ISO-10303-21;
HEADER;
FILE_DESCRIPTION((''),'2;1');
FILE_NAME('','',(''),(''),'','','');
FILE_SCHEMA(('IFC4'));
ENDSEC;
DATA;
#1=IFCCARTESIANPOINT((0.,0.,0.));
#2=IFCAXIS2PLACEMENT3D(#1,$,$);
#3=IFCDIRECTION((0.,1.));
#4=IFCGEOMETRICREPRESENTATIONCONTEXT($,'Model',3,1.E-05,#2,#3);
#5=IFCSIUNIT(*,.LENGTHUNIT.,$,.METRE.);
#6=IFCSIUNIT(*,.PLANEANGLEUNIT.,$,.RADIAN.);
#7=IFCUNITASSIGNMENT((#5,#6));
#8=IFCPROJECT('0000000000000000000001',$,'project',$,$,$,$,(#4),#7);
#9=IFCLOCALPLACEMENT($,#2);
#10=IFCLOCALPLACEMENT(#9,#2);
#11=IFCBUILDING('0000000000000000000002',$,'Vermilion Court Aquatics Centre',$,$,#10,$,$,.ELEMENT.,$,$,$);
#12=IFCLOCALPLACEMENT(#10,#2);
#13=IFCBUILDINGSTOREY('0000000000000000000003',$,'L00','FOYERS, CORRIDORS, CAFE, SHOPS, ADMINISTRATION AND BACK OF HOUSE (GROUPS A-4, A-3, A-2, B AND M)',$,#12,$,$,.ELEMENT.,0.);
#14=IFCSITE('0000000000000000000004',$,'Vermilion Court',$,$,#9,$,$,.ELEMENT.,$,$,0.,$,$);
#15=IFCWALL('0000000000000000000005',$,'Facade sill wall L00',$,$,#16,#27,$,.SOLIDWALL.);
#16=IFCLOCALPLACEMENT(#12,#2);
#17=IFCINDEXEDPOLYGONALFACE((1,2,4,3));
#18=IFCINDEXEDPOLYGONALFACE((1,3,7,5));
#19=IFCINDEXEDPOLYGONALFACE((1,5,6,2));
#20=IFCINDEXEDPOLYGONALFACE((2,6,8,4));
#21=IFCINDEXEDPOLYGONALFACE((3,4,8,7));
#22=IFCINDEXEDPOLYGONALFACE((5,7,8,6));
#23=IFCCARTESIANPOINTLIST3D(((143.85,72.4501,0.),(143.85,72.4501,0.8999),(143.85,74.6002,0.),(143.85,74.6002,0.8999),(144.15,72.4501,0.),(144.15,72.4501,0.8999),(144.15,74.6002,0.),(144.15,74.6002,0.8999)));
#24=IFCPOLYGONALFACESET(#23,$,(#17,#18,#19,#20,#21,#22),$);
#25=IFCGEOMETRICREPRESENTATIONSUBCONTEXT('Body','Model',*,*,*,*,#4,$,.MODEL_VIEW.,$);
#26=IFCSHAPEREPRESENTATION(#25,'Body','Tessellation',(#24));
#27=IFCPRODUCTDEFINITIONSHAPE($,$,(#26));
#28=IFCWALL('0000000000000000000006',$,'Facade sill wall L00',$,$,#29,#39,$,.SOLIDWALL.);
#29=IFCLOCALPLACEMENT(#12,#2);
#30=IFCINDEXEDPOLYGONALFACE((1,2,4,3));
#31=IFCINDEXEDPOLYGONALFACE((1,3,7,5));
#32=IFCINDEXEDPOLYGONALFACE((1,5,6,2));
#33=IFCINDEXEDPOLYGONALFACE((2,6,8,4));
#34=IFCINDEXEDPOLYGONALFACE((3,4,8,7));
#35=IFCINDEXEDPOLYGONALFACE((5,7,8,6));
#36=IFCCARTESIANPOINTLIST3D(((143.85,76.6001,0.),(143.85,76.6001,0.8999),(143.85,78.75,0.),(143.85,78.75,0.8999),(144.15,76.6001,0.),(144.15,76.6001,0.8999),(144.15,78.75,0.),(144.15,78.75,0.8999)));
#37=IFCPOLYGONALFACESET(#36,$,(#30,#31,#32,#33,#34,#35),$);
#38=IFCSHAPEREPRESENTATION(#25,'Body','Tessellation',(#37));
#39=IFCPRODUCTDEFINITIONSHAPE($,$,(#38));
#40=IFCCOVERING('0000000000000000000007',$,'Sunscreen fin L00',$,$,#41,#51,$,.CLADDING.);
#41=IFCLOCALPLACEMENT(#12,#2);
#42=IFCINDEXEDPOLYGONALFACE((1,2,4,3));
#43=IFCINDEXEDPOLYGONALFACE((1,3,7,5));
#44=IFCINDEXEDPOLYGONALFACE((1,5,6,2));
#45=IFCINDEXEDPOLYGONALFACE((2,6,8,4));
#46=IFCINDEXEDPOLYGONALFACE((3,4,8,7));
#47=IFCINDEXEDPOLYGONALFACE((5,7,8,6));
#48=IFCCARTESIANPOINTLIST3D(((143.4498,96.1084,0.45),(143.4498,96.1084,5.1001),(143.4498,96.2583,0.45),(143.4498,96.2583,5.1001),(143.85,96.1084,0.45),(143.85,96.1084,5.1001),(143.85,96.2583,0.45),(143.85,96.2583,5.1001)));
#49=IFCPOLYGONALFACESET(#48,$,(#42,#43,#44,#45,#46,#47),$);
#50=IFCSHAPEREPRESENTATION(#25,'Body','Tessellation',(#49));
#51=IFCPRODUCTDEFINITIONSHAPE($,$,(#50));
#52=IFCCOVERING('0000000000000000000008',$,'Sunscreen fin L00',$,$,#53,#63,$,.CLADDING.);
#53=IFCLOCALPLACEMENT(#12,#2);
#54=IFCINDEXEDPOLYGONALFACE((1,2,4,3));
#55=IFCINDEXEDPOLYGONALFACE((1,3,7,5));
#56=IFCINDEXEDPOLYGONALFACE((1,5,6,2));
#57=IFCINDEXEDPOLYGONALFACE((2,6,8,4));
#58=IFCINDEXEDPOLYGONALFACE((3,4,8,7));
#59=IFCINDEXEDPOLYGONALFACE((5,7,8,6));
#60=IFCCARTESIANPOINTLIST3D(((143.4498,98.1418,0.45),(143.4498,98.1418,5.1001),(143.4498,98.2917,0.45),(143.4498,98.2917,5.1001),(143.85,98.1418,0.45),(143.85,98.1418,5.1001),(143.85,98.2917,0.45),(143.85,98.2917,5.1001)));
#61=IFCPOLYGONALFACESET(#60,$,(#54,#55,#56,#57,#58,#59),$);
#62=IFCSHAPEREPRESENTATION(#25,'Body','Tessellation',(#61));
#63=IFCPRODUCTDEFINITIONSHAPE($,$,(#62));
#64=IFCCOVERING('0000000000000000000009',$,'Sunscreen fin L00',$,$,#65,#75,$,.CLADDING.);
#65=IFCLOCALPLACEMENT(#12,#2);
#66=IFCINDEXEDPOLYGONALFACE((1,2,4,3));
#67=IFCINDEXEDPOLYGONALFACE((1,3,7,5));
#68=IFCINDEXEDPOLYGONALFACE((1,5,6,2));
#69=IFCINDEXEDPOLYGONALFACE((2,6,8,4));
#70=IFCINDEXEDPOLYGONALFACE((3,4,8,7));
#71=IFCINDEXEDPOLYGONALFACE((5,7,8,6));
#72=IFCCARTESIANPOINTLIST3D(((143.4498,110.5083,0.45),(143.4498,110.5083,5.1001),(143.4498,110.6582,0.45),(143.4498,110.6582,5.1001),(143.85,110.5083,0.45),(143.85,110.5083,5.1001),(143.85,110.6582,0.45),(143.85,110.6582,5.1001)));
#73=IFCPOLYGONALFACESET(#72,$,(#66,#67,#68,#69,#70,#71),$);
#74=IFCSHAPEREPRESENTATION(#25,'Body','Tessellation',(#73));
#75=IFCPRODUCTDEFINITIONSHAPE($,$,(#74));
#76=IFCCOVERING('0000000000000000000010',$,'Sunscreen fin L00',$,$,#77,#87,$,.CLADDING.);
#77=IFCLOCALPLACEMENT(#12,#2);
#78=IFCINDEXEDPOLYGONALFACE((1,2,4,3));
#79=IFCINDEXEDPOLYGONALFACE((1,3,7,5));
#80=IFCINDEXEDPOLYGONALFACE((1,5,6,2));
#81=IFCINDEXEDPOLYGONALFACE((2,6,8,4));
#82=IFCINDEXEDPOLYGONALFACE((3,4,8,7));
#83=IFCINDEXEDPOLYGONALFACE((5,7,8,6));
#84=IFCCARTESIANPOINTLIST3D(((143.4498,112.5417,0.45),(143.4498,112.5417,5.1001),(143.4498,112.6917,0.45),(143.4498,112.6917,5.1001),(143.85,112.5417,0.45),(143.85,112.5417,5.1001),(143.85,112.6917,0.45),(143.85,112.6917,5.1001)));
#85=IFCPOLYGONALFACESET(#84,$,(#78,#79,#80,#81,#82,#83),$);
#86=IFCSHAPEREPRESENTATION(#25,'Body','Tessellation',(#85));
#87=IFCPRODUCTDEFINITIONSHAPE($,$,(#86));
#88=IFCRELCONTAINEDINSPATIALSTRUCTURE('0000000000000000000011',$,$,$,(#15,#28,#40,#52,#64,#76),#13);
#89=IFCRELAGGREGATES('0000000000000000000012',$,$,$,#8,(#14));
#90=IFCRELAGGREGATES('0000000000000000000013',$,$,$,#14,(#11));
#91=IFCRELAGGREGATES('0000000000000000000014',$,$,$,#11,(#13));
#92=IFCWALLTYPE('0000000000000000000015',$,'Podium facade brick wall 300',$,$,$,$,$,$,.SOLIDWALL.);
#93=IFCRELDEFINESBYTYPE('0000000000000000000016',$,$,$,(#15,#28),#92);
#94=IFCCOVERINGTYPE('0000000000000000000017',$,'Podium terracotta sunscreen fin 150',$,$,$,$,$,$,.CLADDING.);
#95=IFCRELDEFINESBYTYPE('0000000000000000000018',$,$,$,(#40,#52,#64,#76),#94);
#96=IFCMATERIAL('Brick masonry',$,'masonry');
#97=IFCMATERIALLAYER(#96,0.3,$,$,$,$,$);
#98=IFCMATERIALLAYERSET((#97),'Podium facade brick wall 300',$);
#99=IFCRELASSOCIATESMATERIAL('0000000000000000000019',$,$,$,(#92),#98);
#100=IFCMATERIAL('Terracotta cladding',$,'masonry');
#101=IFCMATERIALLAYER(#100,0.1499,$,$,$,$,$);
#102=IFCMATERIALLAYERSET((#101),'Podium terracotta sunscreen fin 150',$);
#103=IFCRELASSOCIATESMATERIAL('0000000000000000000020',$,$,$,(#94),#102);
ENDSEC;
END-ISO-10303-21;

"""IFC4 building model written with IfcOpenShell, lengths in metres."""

from ifc_helpers import new_model, si_unit, direction, frame, frame_2d, origin, place, context, subcontext, project, spatial, rectangle, extrude, material, layer, layer_set, type_object, element, save


model = new_model("IFC4")

# Units and contexts
model_context = context("Model", 3, precision=1e-05, world=origin(), true_north=direction((0.0, 1.0)))
body_context = subcontext(model_context, "Body", "Model", "MODEL_VIEW")
ifc_project = project(units=[si_unit("LENGTHUNIT", "METRE"), si_unit("PLANEANGLEUNIT", "RADIAN")], contexts=[model_context])

# Site, building, storey
site_placement = place(None, origin())
site = spatial("IfcSite", under=ifc_project, at=site_placement, Name="Vermilion Court", CompositionType="ELEMENT", RefElevation=0.0)
building_placement = place(site_placement, origin())
building = spatial("IfcBuilding", under=site, at=building_placement, Name="Vermilion Court Aquatics Centre", CompositionType="ELEMENT")
storey_placement = place(building_placement, origin())
storey = spatial("IfcBuildingStorey", under=building, at=storey_placement, Name="L00", Description="FOYERS, CORRIDORS, CAFE, SHOPS, ADMINISTRATION AND BACK OF HOUSE (GROUPS A-4, A-3, A-2, B AND M)", CompositionType="ELEMENT", Elevation=0.0)

# Shared definitions
ifc_material_1 = material(Name="Brick masonry", Category="masonry")
ifc_layer_1 = layer(ifc_material_1, 0.3)
ifc_layer_set_1 = layer_set([ifc_layer_1], Name="Podium facade brick wall 300")
wall_type = type_object("IfcWallType", Name="Podium facade brick wall 300", PredefinedType="SOLIDWALL", material=ifc_layer_set_1)

# Walls
wall_1_placement = place(storey_placement, frame((144.0, 72.45, 0.0), z_axis=(0.0, 0.0, 1.0), x_axis=(0.0, 1.0, 0.0)))
element("IfcWall", 1, at=wall_1_placement, inside=storey, type_object=wall_type, Name="Facade sill wall L00", PredefinedType="SOLIDWALL", context=body_context, shape_type="SweptSolid", body=[
    extrude(rectangle(XDim=2.1501, YDim=0.3, at=frame_2d((1.0752, 0.0))), origin(), (0.0, 0.0, 1.0), 0.8999),
])
wall_2_placement = place(storey_placement, frame((144.0, 76.6001, 0.0), z_axis=(0.0, 0.0, 1.0), x_axis=(0.0, 1.0, 0.0)))
element("IfcWall", 2, at=wall_2_placement, inside=storey, type_object=wall_type, Name="Facade sill wall L00", PredefinedType="SOLIDWALL", context=body_context, shape_type="SweptSolid", body=[
    extrude(rectangle(XDim=2.1499, YDim=0.3, at=frame_2d((1.075, 0.0))), origin(), (0.0, 0.0, 1.0), 0.8999),
])

# Coverings
ifc_material_2 = material(Name="Terracotta cladding", Category="masonry")
ifc_layer_2 = layer(ifc_material_2, 0.1499)
ifc_layer_set_2 = layer_set([ifc_layer_2], Name="Podium terracotta sunscreen fin 150")
covering_type = type_object("IfcCoveringType", Name="Podium terracotta sunscreen fin 150", PredefinedType="CLADDING", material=ifc_layer_set_2)
for number, where, z_axis, x_axis, name in (
    (3, (143.8501, 96.1833, 0.45), (0.0, 0.0, 1.0), (-1.0, 0.0, 0.0), "Sunscreen fin L00"),
    (4, (143.8501, 98.2168, 0.45), (0.0, 0.0, 1.0), (-1.0, 0.0, 0.0), "Sunscreen fin L00"),
    (5, (143.8501, 110.5833, 0.45), (0.0, 0.0, 1.0), (-1.0, 0.0, 0.0), "Sunscreen fin L00"),
    (6, (143.8501, 112.6167, 0.45), (0.0, 0.0, 1.0), (-1.0, 0.0, 0.0), "Sunscreen fin L00"),
):
    element("IfcCovering", number, at=place(storey_placement, frame(where, z_axis=z_axis, x_axis=x_axis)), inside=storey, type_object=covering_type, Name=name, PredefinedType="CLADDING", context=body_context, shape_type="SweptSolid", body=[
        extrude(rectangle(XDim=0.4001, YDim=0.1499, at=frame_2d((0.2002, 0.0))), origin(), (0.0, 0.0, 1.0), 4.6501),
    ])

save(model, "model.ifc")
